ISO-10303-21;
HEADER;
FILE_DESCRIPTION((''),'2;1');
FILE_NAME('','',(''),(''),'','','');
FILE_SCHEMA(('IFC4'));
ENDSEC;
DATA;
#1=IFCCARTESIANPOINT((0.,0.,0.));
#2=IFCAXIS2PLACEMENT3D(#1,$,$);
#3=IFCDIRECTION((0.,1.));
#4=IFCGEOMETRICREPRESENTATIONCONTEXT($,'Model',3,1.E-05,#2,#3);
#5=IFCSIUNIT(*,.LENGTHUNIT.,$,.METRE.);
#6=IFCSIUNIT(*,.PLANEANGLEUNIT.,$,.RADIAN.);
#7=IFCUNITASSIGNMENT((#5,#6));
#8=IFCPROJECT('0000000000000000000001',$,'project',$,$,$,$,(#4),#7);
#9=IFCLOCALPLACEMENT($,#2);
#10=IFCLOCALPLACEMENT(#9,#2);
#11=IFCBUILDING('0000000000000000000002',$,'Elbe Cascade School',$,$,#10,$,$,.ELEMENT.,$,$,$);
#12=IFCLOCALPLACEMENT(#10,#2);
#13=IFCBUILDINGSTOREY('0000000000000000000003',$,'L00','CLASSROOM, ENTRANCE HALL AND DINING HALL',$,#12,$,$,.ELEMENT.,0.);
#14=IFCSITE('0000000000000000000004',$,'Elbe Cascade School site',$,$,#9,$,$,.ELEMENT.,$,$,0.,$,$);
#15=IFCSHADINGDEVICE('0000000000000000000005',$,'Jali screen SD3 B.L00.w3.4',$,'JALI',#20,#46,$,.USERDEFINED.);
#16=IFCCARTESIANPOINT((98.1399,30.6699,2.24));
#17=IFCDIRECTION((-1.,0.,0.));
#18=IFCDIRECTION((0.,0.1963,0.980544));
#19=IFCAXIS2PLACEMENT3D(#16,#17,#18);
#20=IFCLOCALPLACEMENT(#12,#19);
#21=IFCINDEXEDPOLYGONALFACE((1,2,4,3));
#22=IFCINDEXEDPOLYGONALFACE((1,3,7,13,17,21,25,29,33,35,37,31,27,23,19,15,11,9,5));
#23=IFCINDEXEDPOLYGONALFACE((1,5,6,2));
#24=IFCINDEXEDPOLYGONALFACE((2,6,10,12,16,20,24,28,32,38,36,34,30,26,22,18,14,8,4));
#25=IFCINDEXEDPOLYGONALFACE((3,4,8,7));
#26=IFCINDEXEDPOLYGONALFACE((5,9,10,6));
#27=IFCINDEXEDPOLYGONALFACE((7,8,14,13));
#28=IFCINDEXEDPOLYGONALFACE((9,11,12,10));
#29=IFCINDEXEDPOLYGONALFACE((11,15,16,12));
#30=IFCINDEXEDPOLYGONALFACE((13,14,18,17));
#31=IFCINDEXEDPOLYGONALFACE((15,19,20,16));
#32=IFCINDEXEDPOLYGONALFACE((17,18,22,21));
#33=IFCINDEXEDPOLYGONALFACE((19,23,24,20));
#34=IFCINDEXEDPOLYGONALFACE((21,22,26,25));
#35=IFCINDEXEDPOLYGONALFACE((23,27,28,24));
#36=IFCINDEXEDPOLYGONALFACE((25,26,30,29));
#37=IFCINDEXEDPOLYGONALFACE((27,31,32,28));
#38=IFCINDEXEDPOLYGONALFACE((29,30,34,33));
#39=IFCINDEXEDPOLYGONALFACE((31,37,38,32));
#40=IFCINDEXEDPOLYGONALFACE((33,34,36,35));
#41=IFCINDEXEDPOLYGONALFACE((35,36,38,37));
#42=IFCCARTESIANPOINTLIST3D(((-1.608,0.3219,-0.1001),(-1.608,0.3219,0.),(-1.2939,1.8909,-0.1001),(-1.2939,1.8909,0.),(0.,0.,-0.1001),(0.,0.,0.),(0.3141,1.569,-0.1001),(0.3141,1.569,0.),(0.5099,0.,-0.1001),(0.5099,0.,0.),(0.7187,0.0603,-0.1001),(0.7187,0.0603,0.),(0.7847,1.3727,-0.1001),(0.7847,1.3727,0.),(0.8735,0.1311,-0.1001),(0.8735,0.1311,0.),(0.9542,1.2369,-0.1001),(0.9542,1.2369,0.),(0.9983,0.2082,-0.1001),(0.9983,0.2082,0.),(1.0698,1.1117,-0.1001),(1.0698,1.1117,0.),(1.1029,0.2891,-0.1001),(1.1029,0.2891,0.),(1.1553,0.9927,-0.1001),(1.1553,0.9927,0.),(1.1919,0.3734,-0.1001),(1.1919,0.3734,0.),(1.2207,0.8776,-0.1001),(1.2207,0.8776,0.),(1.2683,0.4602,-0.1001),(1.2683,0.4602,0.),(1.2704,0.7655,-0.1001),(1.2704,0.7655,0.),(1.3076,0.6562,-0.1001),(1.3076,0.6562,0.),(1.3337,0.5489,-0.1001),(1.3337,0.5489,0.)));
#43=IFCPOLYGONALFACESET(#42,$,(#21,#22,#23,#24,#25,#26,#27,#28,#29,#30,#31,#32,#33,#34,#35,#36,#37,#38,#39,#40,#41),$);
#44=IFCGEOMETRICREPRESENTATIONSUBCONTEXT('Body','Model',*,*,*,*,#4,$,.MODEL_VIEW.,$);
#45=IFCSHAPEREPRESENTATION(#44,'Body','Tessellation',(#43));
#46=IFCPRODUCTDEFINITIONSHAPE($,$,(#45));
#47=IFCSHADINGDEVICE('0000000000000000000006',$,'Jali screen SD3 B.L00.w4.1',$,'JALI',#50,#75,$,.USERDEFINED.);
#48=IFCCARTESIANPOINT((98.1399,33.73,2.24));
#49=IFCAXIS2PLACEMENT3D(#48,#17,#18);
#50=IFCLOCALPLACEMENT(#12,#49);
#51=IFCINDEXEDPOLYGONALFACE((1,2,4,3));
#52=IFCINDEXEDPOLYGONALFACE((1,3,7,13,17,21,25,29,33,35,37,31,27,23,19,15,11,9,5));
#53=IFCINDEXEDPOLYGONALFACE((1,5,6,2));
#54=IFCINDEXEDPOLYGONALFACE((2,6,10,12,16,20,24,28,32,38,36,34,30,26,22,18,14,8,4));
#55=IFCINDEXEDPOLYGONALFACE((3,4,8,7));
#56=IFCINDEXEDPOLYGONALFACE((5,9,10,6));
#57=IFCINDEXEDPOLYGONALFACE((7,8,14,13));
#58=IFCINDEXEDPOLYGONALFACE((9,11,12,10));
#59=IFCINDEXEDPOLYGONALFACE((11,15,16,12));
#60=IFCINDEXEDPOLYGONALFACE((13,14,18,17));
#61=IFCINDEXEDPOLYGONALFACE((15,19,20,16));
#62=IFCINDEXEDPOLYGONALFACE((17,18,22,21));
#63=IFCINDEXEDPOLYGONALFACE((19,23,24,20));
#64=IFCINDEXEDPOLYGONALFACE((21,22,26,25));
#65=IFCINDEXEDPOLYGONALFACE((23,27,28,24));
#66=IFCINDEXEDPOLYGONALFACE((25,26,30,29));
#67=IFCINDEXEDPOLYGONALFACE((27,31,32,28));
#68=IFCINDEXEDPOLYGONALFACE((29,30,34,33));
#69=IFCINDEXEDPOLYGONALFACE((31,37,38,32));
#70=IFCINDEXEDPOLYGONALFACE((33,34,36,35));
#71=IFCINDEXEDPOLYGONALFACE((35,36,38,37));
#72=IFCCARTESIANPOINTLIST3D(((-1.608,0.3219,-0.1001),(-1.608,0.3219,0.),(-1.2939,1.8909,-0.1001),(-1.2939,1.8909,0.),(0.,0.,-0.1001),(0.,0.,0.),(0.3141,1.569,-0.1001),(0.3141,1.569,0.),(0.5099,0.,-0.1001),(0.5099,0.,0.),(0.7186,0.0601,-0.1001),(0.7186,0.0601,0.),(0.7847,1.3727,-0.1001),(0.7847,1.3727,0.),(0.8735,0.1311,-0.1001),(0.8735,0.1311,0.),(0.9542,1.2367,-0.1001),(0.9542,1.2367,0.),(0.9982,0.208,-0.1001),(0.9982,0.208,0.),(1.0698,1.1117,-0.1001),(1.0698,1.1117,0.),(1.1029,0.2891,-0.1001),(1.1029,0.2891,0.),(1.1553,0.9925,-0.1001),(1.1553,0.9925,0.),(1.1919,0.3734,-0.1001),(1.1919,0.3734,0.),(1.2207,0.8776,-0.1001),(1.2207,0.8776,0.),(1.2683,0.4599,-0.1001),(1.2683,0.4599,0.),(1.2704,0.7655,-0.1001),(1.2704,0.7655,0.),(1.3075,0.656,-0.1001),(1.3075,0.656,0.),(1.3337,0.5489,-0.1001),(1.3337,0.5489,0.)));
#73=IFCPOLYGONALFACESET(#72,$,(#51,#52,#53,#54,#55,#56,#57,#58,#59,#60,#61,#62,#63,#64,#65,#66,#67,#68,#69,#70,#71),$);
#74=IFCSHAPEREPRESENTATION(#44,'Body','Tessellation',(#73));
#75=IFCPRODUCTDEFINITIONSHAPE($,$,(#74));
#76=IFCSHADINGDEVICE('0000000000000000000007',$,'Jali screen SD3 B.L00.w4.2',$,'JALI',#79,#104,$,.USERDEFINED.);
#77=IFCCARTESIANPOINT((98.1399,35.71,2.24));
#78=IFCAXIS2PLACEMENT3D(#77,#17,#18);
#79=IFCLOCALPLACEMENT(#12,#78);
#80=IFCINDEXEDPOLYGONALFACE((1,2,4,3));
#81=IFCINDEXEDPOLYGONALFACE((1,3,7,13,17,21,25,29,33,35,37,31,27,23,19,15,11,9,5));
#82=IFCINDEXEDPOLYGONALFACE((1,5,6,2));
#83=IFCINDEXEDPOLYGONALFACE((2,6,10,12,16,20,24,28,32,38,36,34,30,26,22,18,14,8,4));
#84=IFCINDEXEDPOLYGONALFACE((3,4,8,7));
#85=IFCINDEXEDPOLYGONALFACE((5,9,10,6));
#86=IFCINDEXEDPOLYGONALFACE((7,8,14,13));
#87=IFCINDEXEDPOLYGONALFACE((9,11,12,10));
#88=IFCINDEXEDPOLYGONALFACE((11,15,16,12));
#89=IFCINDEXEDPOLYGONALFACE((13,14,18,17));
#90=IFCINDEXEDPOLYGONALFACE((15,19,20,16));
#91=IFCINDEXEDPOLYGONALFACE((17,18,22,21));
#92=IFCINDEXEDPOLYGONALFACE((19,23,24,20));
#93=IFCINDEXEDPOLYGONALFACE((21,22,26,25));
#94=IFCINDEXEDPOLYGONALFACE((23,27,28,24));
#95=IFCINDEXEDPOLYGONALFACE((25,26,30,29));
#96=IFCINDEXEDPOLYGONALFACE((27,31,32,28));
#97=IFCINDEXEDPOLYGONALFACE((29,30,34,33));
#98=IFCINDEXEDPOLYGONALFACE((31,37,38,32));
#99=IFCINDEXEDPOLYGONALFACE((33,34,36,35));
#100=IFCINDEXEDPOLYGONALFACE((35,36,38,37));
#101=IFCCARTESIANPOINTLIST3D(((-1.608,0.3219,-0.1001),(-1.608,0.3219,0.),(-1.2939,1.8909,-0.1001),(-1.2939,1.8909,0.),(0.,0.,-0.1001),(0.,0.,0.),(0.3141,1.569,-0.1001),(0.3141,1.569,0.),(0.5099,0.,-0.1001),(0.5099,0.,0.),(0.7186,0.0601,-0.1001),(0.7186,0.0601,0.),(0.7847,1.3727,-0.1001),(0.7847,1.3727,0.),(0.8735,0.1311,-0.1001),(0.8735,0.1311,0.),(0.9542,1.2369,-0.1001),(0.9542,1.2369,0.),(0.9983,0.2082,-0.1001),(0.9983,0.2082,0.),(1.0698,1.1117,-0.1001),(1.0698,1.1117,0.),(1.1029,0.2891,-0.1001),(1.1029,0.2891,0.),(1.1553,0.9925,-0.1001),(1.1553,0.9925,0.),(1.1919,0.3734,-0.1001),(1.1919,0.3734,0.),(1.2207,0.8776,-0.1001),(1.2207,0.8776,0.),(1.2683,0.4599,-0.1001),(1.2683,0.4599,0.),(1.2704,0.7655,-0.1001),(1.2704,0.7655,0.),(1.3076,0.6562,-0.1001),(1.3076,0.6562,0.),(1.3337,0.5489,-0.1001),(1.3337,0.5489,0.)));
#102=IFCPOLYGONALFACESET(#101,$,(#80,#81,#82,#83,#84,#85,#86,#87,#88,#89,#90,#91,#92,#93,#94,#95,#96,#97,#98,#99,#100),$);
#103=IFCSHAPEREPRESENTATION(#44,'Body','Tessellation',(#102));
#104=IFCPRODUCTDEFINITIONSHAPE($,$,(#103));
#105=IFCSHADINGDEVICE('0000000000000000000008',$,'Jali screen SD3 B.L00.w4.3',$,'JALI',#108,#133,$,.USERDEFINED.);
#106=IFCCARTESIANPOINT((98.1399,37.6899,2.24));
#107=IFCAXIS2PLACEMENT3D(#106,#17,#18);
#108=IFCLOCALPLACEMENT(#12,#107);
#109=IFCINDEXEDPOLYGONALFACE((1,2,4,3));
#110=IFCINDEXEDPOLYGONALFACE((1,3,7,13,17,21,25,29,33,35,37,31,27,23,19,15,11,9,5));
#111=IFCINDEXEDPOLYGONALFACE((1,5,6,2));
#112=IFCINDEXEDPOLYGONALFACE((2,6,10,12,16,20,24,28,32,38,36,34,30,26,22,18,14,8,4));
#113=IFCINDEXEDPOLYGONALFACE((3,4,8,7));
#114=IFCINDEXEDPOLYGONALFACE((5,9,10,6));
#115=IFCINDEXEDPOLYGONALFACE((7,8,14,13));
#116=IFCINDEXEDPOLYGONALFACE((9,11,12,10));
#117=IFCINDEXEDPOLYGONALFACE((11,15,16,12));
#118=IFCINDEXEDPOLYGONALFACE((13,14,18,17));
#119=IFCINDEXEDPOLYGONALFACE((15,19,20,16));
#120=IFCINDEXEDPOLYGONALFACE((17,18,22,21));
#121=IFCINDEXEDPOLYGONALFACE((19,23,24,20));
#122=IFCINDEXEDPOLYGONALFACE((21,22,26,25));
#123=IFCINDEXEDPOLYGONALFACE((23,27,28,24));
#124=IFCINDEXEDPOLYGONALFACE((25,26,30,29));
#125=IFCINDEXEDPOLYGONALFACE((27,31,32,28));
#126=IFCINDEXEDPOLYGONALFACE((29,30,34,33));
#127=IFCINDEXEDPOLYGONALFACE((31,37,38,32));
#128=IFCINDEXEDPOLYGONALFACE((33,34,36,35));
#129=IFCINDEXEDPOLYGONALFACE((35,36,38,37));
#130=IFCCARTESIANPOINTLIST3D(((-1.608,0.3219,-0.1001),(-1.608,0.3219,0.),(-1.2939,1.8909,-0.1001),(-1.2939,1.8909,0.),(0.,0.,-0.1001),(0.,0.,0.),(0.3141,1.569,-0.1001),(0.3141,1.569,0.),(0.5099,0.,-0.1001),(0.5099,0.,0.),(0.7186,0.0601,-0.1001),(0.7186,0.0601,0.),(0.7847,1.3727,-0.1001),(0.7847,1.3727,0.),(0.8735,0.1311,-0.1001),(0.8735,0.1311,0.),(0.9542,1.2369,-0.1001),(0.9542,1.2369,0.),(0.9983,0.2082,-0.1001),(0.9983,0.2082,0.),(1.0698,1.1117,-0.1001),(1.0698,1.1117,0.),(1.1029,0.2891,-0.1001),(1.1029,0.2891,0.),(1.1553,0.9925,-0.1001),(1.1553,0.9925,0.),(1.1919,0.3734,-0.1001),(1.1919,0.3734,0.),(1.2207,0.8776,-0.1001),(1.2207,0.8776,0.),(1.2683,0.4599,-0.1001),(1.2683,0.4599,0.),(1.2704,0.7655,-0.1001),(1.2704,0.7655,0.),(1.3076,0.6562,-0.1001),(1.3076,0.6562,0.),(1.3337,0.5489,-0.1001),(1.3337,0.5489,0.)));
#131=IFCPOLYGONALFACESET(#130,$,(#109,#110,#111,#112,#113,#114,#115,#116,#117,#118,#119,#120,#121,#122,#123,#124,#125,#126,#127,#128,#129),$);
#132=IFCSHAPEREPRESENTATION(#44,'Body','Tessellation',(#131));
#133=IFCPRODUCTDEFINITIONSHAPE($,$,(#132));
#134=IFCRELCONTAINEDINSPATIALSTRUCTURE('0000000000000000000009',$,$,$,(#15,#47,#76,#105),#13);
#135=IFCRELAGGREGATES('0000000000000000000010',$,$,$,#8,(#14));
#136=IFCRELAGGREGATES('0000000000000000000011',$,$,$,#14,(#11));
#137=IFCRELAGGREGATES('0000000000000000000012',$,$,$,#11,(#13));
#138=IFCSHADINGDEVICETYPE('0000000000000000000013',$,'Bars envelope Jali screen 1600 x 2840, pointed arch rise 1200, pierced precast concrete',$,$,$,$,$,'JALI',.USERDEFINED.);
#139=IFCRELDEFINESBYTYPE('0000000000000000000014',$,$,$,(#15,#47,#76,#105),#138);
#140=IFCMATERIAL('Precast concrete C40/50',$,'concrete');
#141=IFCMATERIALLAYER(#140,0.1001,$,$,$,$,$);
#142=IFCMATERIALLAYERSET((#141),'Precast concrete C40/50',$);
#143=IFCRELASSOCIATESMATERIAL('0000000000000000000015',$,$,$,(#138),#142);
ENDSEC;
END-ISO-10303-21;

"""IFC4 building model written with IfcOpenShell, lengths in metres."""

from ifc_helpers import new_model, si_unit, direction, frame, origin, place, context, subcontext, project, spatial, polyline, outline, extrude, material, layer, layer_set, type_object, element, save


model = new_model("IFC4")

# Units and contexts
model_context = context("Model", 3, precision=1e-05, world=origin(), true_north=direction((0.0, 1.0)))
body_context = subcontext(model_context, "Body", "Model", "MODEL_VIEW")
ifc_project = project(units=[si_unit("LENGTHUNIT", "METRE"), si_unit("PLANEANGLEUNIT", "RADIAN")], contexts=[model_context])

# Site, building, storey
site_placement = place(None, origin())
site = spatial("IfcSite", under=ifc_project, at=site_placement, Name="Elbe Cascade School site", CompositionType="ELEMENT", RefElevation=0.0)
building_placement = place(site_placement, origin())
building = spatial("IfcBuilding", under=site, at=building_placement, Name="Elbe Cascade School", CompositionType="ELEMENT")
storey_placement = place(building_placement, origin())
storey = spatial("IfcBuildingStorey", under=building, at=storey_placement, Name="L00", Description="CLASSROOM, ENTRANCE HALL AND DINING HALL", CompositionType="ELEMENT", Elevation=0.0)

# Shading devices
ifc_material_1 = material(Name="Precast concrete C40/50", Category="concrete")
ifc_layer_1 = layer(ifc_material_1, 0.1001)
ifc_layer_set_1 = layer_set([ifc_layer_1], Name="Precast concrete C40/50")
shading_device_type_1 = type_object("IfcShadingDeviceType", Name="Bars envelope Jali screen 1600 x 2840, pointed arch rise 1200, pierced precast concrete", ElementType="JALI", PredefinedType="USERDEFINED", material=ifc_layer_set_1)
shading_device_1_placement = place(storey_placement, frame((98.1399, 30.6699, 2.24), z_axis=(-1.0, 0.0, 0.0), x_axis=(0.0, 0.1963, 0.980544)))
element("IfcShadingDevice", 1, at=shading_device_1_placement, inside=storey, type_object=shading_device_type_1, Name="Jali screen SD3 B.L00.w3.4", ObjectType="JALI", PredefinedType="USERDEFINED", context=body_context, shape_type="SweptSolid", body=[
    extrude(outline(polyline([(0.0, 0.0), (0.5099, 0.0), (0.7187, 0.0603), (0.8735, 0.1311), (0.9983, 0.2082), (1.1029, 0.2891), (1.1919, 0.3734), (1.2683, 0.4602), (1.3337, 0.5489), (1.3076, 0.6562), (1.2704, 0.7655), (1.2207, 0.8776), (1.1553, 0.9927), (1.0698, 1.1117), (0.9542, 1.2369), (0.7847, 1.3727), (0.3141, 1.569), (-1.2939, 1.8909), (-1.608, 0.3219), (0.0, 0.0)])), origin(), (0.0, 0.0, -1.0), 0.1001),
])
shading_device_2_placement = place(storey_placement, frame((98.1399, 33.73, 2.24), z_axis=(-1.0, 0.0, 0.0), x_axis=(0.0, 0.1963, 0.980544)))
element("IfcShadingDevice", 2, at=shading_device_2_placement, inside=storey, type_object=shading_device_type_1, Name="Jali screen SD3 B.L00.w4.1", ObjectType="JALI", PredefinedType="USERDEFINED", context=body_context, shape_type="SweptSolid", body=[
    extrude(outline(polyline([(0.0, 0.0), (0.5099, 0.0), (0.7186, 0.0601), (0.8735, 0.1311), (0.9982, 0.208), (1.1029, 0.2891), (1.1919, 0.3734), (1.2683, 0.4599), (1.3337, 0.5489), (1.3075, 0.656), (1.2704, 0.7655), (1.2207, 0.8776), (1.1553, 0.9925), (1.0698, 1.1117), (0.9542, 1.2367), (0.7847, 1.3727), (0.3141, 1.569), (-1.2939, 1.8909), (-1.608, 0.3219), (0.0, 0.0)])), origin(), (0.0, 0.0, -1.0), 0.1001),
])
for number, where, z_axis, x_axis, name in (
    (3, (98.1399, 35.71, 2.24), (-1.0, 0.0, 0.0), (0.0, 0.1963, 0.980544), "Jali screen SD3 B.L00.w4.2"),
    (4, (98.1399, 37.6899, 2.24), (-1.0, 0.0, 0.0), (0.0, 0.1963, 0.980544), "Jali screen SD3 B.L00.w4.3"),
):
    element("IfcShadingDevice", number, at=place(storey_placement, frame(where, z_axis=z_axis, x_axis=x_axis)), inside=storey, type_object=shading_device_type_1, Name=name, ObjectType="JALI", PredefinedType="USERDEFINED", context=body_context, shape_type="SweptSolid", body=[
        extrude(outline(polyline([(0.0, 0.0), (0.5099, 0.0), (0.7186, 0.0601), (0.8735, 0.1311), (0.9983, 0.2082), (1.1029, 0.2891), (1.1919, 0.3734), (1.2683, 0.4599), (1.3337, 0.5489), (1.3076, 0.6562), (1.2704, 0.7655), (1.2207, 0.8776), (1.1553, 0.9925), (1.0698, 1.1117), (0.9542, 1.2369), (0.7847, 1.3727), (0.3141, 1.569), (-1.2939, 1.8909), (-1.608, 0.3219), (0.0, 0.0)])), origin(), (0.0, 0.0, -1.0), 0.1001),
    ])

save(model, "model.ifc")
